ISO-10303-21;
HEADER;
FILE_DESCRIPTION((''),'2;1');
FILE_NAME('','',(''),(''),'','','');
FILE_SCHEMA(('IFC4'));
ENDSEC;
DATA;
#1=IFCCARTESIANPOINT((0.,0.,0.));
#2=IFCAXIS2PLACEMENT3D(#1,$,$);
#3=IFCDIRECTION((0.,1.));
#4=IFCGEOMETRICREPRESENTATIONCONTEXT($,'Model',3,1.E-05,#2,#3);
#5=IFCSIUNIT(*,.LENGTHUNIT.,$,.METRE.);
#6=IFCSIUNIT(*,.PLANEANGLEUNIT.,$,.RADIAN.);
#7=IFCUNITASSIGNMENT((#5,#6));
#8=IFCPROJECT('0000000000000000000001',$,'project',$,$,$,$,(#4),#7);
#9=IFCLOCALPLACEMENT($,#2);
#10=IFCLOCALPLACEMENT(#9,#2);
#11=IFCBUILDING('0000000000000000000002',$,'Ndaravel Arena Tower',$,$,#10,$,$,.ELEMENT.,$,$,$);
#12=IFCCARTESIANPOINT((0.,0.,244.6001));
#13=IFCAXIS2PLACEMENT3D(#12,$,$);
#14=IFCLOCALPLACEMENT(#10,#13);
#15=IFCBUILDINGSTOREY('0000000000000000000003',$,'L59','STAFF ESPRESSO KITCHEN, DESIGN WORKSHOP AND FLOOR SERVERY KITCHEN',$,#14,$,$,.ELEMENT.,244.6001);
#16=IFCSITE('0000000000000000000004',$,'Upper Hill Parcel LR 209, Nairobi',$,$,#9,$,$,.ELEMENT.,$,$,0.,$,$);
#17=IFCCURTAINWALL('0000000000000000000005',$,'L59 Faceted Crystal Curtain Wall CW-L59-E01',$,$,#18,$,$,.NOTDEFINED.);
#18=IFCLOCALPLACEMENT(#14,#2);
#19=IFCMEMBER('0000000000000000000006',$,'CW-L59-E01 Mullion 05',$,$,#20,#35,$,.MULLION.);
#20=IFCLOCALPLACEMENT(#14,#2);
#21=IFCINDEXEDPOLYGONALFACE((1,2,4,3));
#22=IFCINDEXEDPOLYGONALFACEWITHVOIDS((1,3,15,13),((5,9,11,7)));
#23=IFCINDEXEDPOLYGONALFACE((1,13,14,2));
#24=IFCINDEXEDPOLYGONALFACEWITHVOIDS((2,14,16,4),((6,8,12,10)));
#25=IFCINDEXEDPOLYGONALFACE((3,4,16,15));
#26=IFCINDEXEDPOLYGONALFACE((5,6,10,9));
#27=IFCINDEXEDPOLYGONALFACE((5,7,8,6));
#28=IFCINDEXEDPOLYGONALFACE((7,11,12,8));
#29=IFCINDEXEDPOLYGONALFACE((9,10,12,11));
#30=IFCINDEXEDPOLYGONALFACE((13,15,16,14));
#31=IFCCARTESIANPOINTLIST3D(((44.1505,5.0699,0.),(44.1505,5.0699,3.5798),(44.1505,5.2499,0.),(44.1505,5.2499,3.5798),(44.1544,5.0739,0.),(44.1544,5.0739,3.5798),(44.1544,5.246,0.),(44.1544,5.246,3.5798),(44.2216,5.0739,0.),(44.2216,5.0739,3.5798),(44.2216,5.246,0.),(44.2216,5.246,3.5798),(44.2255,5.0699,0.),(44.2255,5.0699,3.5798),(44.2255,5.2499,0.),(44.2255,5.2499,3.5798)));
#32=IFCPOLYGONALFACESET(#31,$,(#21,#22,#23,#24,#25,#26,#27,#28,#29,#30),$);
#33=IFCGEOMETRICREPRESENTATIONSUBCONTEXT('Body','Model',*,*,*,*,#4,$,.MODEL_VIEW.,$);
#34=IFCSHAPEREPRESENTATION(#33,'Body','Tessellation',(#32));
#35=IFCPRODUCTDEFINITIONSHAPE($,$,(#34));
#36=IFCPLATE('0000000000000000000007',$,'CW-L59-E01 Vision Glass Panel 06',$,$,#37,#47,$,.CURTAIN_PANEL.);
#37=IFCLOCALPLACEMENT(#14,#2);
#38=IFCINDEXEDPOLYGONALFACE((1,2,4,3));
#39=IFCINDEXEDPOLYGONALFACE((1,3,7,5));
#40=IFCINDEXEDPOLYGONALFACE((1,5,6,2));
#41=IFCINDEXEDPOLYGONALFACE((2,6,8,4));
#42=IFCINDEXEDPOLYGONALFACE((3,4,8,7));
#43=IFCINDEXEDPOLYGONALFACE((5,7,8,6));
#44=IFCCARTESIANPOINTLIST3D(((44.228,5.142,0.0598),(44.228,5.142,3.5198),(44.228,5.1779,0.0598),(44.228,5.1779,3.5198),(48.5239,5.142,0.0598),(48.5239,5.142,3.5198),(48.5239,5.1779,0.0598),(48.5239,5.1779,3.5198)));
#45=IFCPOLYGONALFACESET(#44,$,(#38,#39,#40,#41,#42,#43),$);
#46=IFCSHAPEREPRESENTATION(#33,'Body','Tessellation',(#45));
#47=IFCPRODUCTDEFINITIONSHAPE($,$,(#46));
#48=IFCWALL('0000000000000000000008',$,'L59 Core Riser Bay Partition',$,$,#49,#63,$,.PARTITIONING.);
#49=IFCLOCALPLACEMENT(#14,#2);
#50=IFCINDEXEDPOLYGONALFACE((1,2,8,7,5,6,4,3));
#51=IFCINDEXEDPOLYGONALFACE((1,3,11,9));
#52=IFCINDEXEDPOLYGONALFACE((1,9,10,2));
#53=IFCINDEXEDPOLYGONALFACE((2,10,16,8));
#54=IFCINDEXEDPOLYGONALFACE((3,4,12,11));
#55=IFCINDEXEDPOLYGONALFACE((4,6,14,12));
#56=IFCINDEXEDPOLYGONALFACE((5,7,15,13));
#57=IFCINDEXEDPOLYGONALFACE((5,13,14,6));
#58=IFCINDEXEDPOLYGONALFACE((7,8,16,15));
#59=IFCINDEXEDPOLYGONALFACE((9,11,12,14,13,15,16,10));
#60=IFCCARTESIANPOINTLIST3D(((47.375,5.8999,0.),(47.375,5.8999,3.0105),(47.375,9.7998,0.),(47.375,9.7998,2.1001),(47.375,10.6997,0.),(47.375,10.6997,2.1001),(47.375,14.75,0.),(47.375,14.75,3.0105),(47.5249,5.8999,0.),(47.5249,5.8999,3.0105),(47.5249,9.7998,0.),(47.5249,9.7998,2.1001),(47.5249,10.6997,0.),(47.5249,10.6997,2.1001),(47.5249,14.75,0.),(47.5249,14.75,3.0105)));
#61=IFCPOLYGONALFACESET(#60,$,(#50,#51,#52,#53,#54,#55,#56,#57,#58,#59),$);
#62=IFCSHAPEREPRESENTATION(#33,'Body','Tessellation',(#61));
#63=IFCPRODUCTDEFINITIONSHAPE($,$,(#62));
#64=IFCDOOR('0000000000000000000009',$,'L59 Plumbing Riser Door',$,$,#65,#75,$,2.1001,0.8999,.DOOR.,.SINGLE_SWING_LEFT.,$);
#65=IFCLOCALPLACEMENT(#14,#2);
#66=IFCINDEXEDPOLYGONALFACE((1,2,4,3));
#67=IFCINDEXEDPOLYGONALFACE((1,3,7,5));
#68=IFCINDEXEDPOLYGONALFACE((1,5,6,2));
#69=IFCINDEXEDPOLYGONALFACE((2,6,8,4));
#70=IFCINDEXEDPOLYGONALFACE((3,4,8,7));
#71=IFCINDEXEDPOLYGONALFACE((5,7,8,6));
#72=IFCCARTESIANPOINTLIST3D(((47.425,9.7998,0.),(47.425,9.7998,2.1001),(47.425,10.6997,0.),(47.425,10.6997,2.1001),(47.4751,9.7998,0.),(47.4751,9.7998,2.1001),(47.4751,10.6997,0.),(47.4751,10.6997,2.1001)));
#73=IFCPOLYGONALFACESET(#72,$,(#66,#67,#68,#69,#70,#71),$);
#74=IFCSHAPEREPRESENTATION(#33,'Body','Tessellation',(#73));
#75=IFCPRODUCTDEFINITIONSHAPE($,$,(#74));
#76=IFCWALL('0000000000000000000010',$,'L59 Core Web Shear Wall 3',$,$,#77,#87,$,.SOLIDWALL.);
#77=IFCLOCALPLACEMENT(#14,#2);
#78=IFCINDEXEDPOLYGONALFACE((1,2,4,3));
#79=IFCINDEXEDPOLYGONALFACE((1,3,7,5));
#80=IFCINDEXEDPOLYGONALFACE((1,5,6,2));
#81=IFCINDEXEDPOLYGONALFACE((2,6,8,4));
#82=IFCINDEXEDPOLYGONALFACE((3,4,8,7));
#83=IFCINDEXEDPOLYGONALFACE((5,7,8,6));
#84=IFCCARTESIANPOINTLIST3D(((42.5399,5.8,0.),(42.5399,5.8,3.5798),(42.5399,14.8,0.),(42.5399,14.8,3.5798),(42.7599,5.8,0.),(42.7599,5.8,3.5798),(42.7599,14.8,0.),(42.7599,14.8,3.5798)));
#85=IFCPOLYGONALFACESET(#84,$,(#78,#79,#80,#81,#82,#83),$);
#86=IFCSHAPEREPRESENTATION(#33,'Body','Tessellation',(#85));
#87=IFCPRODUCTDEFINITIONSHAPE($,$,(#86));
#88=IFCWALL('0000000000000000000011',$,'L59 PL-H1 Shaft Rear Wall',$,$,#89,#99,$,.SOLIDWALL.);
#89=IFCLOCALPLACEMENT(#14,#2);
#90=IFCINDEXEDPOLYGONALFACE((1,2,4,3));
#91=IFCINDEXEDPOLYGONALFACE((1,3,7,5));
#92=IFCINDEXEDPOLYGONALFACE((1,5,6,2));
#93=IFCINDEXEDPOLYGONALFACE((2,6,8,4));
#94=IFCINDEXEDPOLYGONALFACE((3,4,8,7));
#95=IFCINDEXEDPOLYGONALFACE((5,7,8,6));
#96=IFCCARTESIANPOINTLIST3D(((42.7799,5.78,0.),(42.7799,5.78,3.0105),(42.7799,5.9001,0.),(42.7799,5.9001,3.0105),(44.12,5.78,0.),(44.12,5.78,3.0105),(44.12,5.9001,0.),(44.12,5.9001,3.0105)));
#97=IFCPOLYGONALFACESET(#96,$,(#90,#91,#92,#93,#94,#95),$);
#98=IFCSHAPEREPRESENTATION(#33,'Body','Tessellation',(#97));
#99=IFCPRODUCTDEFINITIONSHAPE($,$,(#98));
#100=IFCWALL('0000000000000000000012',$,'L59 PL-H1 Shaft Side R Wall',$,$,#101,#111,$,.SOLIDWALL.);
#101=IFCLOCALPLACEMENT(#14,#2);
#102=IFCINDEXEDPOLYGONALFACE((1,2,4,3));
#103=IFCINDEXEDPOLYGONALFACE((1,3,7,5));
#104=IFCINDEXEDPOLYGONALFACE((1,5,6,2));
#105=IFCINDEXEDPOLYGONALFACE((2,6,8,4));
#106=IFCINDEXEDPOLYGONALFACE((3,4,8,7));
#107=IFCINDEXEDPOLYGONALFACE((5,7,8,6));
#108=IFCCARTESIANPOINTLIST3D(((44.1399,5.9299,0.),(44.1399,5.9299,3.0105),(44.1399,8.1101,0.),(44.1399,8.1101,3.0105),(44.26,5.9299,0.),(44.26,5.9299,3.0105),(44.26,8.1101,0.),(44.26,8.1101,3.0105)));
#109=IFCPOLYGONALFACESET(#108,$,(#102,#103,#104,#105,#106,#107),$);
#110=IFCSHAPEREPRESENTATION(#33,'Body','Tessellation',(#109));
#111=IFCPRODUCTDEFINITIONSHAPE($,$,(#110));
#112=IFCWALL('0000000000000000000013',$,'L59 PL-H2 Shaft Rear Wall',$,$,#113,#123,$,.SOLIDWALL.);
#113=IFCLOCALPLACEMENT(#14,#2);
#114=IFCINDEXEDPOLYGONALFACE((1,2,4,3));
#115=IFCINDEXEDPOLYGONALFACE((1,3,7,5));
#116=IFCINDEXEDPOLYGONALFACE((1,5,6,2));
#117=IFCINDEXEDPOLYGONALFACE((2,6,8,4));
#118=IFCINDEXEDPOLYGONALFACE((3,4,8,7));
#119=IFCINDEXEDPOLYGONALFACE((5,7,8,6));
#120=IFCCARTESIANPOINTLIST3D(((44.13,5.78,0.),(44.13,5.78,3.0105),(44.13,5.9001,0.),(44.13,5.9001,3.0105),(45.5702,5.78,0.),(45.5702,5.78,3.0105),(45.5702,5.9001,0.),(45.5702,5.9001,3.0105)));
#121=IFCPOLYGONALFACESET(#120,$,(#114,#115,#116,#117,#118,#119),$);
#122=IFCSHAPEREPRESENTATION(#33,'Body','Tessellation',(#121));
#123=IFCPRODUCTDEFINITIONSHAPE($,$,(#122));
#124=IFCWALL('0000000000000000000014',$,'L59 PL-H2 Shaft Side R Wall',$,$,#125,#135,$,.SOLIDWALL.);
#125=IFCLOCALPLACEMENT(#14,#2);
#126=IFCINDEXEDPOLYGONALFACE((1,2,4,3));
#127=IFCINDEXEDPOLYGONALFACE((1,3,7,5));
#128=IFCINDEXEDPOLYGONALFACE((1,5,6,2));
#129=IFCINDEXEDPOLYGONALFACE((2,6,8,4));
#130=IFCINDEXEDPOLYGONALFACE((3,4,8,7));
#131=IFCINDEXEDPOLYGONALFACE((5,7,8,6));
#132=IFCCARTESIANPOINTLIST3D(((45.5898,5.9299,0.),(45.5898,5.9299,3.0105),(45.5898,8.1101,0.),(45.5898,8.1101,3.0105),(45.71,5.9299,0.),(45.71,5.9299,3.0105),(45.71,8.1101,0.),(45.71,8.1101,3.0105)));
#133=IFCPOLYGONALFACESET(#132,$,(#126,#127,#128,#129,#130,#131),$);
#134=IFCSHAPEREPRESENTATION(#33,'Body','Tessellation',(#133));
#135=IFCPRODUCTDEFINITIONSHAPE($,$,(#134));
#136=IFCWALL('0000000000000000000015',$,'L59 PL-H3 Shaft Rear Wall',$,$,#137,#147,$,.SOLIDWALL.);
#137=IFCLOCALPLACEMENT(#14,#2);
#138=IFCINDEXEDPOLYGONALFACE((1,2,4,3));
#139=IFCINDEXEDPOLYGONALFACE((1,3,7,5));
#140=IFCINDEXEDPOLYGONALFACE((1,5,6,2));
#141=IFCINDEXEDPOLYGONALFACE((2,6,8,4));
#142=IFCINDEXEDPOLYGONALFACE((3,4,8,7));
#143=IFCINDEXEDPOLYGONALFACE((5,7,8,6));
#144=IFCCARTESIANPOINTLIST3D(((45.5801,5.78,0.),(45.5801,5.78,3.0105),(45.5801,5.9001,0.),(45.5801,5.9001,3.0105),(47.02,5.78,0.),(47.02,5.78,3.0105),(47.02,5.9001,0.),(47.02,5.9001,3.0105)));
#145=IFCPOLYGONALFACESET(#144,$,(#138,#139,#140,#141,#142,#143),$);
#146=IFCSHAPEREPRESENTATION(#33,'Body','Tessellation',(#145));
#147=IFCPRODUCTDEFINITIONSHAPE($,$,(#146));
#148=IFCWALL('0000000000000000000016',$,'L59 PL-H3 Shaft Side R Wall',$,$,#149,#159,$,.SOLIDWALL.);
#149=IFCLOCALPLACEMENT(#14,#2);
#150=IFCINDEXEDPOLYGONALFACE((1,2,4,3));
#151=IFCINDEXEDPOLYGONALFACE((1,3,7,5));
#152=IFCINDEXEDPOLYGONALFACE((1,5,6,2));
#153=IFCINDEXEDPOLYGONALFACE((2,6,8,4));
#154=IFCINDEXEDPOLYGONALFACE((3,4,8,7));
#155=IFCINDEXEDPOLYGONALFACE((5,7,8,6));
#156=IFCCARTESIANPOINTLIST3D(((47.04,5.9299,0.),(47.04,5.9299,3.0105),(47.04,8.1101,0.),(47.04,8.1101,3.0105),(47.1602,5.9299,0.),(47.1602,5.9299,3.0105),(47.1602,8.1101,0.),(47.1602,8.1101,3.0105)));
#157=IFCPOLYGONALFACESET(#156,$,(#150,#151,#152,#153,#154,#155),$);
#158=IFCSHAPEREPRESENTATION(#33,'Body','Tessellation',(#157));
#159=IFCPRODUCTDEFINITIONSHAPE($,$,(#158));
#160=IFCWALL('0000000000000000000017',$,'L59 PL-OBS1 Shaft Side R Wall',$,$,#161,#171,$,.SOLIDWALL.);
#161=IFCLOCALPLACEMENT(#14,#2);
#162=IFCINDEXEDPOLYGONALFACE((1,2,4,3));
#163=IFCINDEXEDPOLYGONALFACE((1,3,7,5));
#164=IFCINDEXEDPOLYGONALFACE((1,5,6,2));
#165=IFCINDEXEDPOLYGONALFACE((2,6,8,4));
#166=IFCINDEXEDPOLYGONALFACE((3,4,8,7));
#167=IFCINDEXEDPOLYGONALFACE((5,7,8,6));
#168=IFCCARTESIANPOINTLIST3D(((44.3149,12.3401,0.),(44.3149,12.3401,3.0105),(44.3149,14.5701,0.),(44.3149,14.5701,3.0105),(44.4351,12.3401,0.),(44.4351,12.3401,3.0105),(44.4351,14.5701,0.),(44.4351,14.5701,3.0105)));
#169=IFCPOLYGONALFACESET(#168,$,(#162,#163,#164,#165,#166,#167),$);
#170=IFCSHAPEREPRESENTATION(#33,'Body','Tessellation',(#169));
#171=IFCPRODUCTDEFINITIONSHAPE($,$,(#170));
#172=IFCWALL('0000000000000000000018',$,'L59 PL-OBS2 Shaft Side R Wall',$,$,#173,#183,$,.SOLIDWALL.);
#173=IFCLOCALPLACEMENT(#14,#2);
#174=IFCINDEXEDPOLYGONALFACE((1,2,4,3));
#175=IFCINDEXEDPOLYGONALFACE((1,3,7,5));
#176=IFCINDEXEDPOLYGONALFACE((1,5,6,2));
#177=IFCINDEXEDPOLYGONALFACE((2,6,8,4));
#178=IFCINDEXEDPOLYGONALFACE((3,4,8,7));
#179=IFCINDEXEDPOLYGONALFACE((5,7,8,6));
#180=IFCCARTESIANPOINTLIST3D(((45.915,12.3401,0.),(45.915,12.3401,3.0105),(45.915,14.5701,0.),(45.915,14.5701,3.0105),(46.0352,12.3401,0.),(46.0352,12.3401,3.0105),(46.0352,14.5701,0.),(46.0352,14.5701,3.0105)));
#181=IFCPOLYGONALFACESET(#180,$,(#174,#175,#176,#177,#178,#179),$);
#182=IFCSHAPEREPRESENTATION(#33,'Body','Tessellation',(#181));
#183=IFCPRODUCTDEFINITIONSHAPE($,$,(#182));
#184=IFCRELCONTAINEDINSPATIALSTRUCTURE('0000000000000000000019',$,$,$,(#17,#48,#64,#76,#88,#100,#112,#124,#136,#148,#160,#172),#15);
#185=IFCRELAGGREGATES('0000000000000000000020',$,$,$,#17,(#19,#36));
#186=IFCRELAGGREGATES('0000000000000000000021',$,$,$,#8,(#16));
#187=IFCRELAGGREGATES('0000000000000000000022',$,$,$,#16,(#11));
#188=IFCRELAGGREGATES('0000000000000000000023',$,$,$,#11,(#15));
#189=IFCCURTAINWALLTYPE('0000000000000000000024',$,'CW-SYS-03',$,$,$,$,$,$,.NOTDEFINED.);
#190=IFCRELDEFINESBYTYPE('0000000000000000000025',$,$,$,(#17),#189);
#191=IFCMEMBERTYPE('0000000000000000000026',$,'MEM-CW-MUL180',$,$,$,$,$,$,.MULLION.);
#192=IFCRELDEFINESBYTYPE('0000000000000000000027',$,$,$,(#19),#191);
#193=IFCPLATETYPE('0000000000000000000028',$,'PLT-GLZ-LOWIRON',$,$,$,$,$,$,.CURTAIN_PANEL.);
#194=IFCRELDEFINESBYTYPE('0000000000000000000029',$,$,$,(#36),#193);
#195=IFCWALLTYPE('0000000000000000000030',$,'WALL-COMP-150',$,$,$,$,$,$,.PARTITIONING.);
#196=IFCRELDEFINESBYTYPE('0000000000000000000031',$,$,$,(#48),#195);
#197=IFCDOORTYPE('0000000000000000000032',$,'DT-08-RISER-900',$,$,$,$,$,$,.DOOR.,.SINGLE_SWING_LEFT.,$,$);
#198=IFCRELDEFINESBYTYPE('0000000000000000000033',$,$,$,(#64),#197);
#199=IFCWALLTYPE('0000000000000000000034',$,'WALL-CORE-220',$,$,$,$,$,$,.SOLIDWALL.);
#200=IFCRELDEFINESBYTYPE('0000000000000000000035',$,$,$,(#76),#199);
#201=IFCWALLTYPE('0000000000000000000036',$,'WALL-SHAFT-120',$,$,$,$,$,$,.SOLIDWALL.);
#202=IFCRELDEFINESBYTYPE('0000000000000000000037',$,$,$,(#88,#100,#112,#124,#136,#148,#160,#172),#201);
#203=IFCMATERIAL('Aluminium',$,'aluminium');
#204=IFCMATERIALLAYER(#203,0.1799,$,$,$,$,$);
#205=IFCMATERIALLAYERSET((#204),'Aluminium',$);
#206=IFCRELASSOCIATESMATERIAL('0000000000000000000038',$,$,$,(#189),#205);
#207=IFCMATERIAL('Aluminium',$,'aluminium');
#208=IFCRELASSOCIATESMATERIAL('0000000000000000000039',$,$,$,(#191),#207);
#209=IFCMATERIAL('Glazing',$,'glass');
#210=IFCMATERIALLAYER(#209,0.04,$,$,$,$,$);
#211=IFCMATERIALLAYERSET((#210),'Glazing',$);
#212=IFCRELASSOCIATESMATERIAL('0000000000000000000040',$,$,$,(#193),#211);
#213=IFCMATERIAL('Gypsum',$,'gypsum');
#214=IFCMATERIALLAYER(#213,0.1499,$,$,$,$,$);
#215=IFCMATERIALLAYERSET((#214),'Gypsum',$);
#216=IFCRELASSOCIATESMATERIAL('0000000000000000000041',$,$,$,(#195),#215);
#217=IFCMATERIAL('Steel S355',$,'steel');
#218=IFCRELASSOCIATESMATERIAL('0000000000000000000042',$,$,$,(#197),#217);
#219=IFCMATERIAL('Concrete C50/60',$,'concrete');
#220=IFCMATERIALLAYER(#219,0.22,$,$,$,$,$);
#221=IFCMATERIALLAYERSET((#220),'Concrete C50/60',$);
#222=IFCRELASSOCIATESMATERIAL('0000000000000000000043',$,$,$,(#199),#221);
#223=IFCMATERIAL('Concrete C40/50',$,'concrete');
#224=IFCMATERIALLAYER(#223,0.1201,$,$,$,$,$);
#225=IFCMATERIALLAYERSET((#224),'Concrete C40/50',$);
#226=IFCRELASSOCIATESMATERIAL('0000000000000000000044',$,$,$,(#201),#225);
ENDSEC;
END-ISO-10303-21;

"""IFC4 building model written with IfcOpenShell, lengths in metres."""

from ifc_helpers import new_model, si_unit, direction, frame, frame_2d, origin, origin_2d, place, context, subcontext, project, spatial, rectangle, hollow_rectangle, extrude, material, layer, layer_set, material_profile, profile_set, type_object, element, fill, aggregate, save


model = new_model("IFC4")

# Units and contexts
model_context = context("Model", 3, precision=1e-05, world=origin(), true_north=direction((0.0, 1.0)))
body_context = subcontext(model_context, "Body", "Model", "MODEL_VIEW")
ifc_project = project(units=[si_unit("LENGTHUNIT", "METRE"), si_unit("PLANEANGLEUNIT", "RADIAN")], contexts=[model_context])

# Site, building, storey
site_placement = place(None, origin())
site = spatial("IfcSite", under=ifc_project, at=site_placement, Name="Upper Hill Parcel LR 209, Nairobi", CompositionType="ELEMENT", RefElevation=0.0)
building_placement = place(site_placement, origin())
building = spatial("IfcBuilding", under=site, at=building_placement, Name="Ndaravel Arena Tower", CompositionType="ELEMENT")
storey_placement = place(building_placement, frame((0.0, 0.0, 244.6001)))
storey = spatial("IfcBuildingStorey", under=building, at=storey_placement, Name="L59", Description="STAFF ESPRESSO KITCHEN, DESIGN WORKSHOP AND FLOOR SERVERY KITCHEN", CompositionType="ELEMENT", Elevation=244.6001)

# Curtain wall, member, plate
ifc_material_1 = material(Name="Aluminium", Category="aluminium")
ifc_layer_1 = layer(ifc_material_1, 0.1799)
ifc_layer_set_1 = layer_set([ifc_layer_1], Name="Aluminium")
curtain_wall_type = type_object("IfcCurtainWallType", Name="CW-SYS-03", PredefinedType="NOTDEFINED", material=ifc_layer_set_1)
curtain_wall_placement = place(storey_placement, origin())
curtain_wall = element("IfcCurtainWall", 1, at=curtain_wall_placement, inside=storey, type_object=curtain_wall_type, Name="L59 Faceted Crystal Curtain Wall CW-L59-E01", PredefinedType="NOTDEFINED")
ifc_material_2 = material(Name="Aluminium", Category="aluminium")
ifc_material_profile = material_profile(ifc_material_2, hollow_rectangle(XDim=0.075, YDim=0.1799, WallThickness=0.0039, at=origin_2d()), Name="CW MULLION 75x180x4")
ifc_profile_set = profile_set([ifc_material_profile], Name="Aluminium")
member_type = type_object("IfcMemberType", Name="MEM-CW-MUL180", PredefinedType="MULLION", material=ifc_profile_set)
member_placement = place(storey_placement, frame((44.188, 5.1599, 0.0), z_axis=(0.0, 0.0, 1.0), x_axis=(1.0, 0.0, 0.0)))
member = element("IfcMember", 2, at=member_placement, type_object=member_type, Name="CW-L59-E01 Mullion 05", PredefinedType="MULLION", context=body_context, shape_type="SweptSolid", body=[
    extrude(hollow_rectangle(XDim=0.075, YDim=0.1799, WallThickness=0.0039, at=origin_2d()), origin(), (0.0, 0.0, 1.0), 3.5798),
])
ifc_material_3 = material(Name="Glazing", Category="glass")
ifc_layer_2 = layer(ifc_material_3, 0.04)
ifc_layer_set_2 = layer_set([ifc_layer_2], Name="Glazing")
plate_type = type_object("IfcPlateType", Name="PLT-GLZ-LOWIRON", PredefinedType="CURTAIN_PANEL", material=ifc_layer_set_2)
plate_placement = place(storey_placement, frame((46.376, 5.1599, 0.0598), z_axis=(0.0, 0.0, 1.0), x_axis=(1.0, 0.0, 0.0)))
plate = element("IfcPlate", 3, at=plate_placement, type_object=plate_type, Name="CW-L59-E01 Vision Glass Panel 06", PredefinedType="CURTAIN_PANEL", context=body_context, shape_type="SweptSolid", body=[
    extrude(rectangle(XDim=4.2959, YDim=0.0359, at=origin_2d()), origin(), (0.0, 0.0, 1.0), 3.46),
])
aggregate(curtain_wall, [member, plate])

# Wall, opening, door
ifc_material_4 = material(Name="Gypsum", Category="gypsum")
ifc_layer_3 = layer(ifc_material_4, 0.1499)
ifc_layer_set_3 = layer_set([ifc_layer_3], Name="Gypsum")
wall_type_1 = type_object("IfcWallType", Name="WALL-COMP-150", PredefinedType="PARTITIONING", material=ifc_layer_set_3)
wall_1_placement = place(storey_placement, frame((47.45, 5.8999, 0.0), z_axis=(0.0, 0.0, 1.0), x_axis=(0.0, 1.0, 0.0)))
wall_1 = element("IfcWall", 4, at=wall_1_placement, inside=storey, type_object=wall_type_1, Name="L59 Core Riser Bay Partition", PredefinedType="PARTITIONING", context=body_context, shape_type="SweptSolid", body=[
    extrude(rectangle(XDim=8.8501, YDim=0.1499, at=frame_2d((4.425, 0.0))), origin(), (0.0, 0.0, 1.0), 3.0105),
])
opening_1_placement = place(wall_1_placement, frame((3.8999, 0.0, 0.0)))
opening_1 = element("IfcOpeningElement", 5, at=opening_1_placement, cuts=wall_1, PredefinedType="OPENING", context=body_context, shape_type="SweptSolid", body=[
    extrude(rectangle(XDim=0.8999, YDim=2.1001, at=frame_2d((0.45, 1.05))), frame((0.0, 0.075, 0.0), z_axis=(0.0, -1.0, 0.0), x_axis=(1.0, 0.0, 0.0)), (0.0, 0.0, 1.0), 0.1499),
])
ifc_material_5 = material(Name="Steel S355", Category="steel")
door_type_1 = type_object("IfcDoorType", Name="DT-08-RISER-900", OperationType="SINGLE_SWING_LEFT", PredefinedType="DOOR", material=ifc_material_5)
door_1_placement = place(opening_1_placement, origin())
door_1 = element("IfcDoor", 6, at=door_1_placement, inside=storey, type_object=door_type_1, Name="L59 Plumbing Riser Door", OperationType="SINGLE_SWING_LEFT", OverallHeight=2.1001, OverallWidth=0.8999, PredefinedType="DOOR", context=body_context, shape_type="SweptSolid", body=[
    extrude(rectangle(XDim=0.8999, YDim=2.1001, at=frame_2d((0.45, 1.05))), frame((0.0, 0.0249, 0.0), z_axis=(0.0, -1.0, 0.0), x_axis=(1.0, 0.0, 0.0)), (0.0, 0.0, 1.0), 0.05),
])
fill(opening_1, door_1)

# Walls
ifc_material_6 = material(Name="Concrete C50/60", Category="concrete")
ifc_layer_4 = layer(ifc_material_6, 0.22)
ifc_layer_set_4 = layer_set([ifc_layer_4], Name="Concrete C50/60")
wall_type_2 = type_object("IfcWallType", Name="WALL-CORE-220", PredefinedType="SOLIDWALL", material=ifc_layer_set_4)
wall_2_placement = place(storey_placement, frame((42.6499, 5.8, 0.0), z_axis=(0.0, 0.0, 1.0), x_axis=(0.0, 1.0, 0.0)))
element("IfcWall", 7, at=wall_2_placement, inside=storey, type_object=wall_type_2, Name="L59 Core Web Shear Wall 3", PredefinedType="SOLIDWALL", context=body_context, shape_type="SweptSolid", body=[
    extrude(rectangle(XDim=9.0, YDim=0.22, at=frame_2d((4.5, 0.0))), origin(), (0.0, 0.0, 1.0), 3.5798),
])
ifc_material_7 = material(Name="Concrete C40/50", Category="concrete")
ifc_layer_5 = layer(ifc_material_7, 0.1201)
ifc_layer_set_5 = layer_set([ifc_layer_5], Name="Concrete C40/50")
wall_type_3 = type_object("IfcWallType", Name="WALL-SHAFT-120", PredefinedType="SOLIDWALL", material=ifc_layer_set_5)
wall_3_placement = place(storey_placement, frame((42.78, 5.8401, 0.0), z_axis=(0.0, 0.0, 1.0), x_axis=(1.0, 0.0, 0.0)))
element("IfcWall", 8, at=wall_3_placement, inside=storey, type_object=wall_type_3, Name="L59 PL-H1 Shaft Rear Wall", PredefinedType="SOLIDWALL", context=body_context, shape_type="SweptSolid", body=[
    extrude(rectangle(XDim=1.3401, YDim=0.1201, at=frame_2d((0.6699, 0.0))), origin(), (0.0, 0.0, 1.0), 3.0105),
])
wall_4_placement = place(storey_placement, frame((44.2, 5.9299, 0.0), z_axis=(0.0, 0.0, 1.0), x_axis=(0.0, 1.0, 0.0)))
element("IfcWall", 9, at=wall_4_placement, inside=storey, type_object=wall_type_3, Name="L59 PL-H1 Shaft Side R Wall", PredefinedType="SOLIDWALL", context=body_context, shape_type="SweptSolid", body=[
    extrude(rectangle(XDim=2.1802, YDim=0.1201, at=frame_2d((1.0901, 0.0))), origin(), (0.0, 0.0, 1.0), 3.0105),
])
wall_5_placement = place(storey_placement, frame((44.1299, 5.8401, 0.0), z_axis=(0.0, 0.0, 1.0), x_axis=(1.0, 0.0, 0.0)))
element("IfcWall", 10, at=wall_5_placement, inside=storey, type_object=wall_type_3, Name="L59 PL-H2 Shaft Rear Wall", PredefinedType="SOLIDWALL", context=body_context, shape_type="SweptSolid", body=[
    extrude(rectangle(XDim=1.4402, YDim=0.1201, at=frame_2d((0.7202, 0.0))), origin(), (0.0, 0.0, 1.0), 3.0105),
])
wall_6_placement = place(storey_placement, frame((45.6499, 5.9299, 0.0), z_axis=(0.0, 0.0, 1.0), x_axis=(0.0, 1.0, 0.0)))
element("IfcWall", 11, at=wall_6_placement, inside=storey, type_object=wall_type_3, Name="L59 PL-H2 Shaft Side R Wall", PredefinedType="SOLIDWALL", context=body_context, shape_type="SweptSolid", body=[
    extrude(rectangle(XDim=2.1802, YDim=0.1201, at=frame_2d((1.0901, 0.0))), origin(), (0.0, 0.0, 1.0), 3.0105),
])
wall_7_placement = place(storey_placement, frame((45.5801, 5.8401, 0.0), z_axis=(0.0, 0.0, 1.0), x_axis=(1.0, 0.0, 0.0)))
element("IfcWall", 12, at=wall_7_placement, inside=storey, type_object=wall_type_3, Name="L59 PL-H3 Shaft Rear Wall", PredefinedType="SOLIDWALL", context=body_context, shape_type="SweptSolid", body=[
    extrude(rectangle(XDim=1.4399, YDim=0.1201, at=frame_2d((0.72, 0.0))), origin(), (0.0, 0.0, 1.0), 3.0105),
])
wall_8_placement = place(storey_placement, frame((47.1001, 5.9299, 0.0), z_axis=(0.0, 0.0, 1.0), x_axis=(0.0, 1.0, 0.0)))
element("IfcWall", 13, at=wall_8_placement, inside=storey, type_object=wall_type_3, Name="L59 PL-H3 Shaft Side R Wall", PredefinedType="SOLIDWALL", context=body_context, shape_type="SweptSolid", body=[
    extrude(rectangle(XDim=2.1802, YDim=0.1201, at=frame_2d((1.0901, 0.0))), origin(), (0.0, 0.0, 1.0), 3.0105),
])
for number, where, z_axis, x_axis, name in (
    (14, (44.375, 12.3401, 0.0), (0.0, 0.0, 1.0), (0.0, 1.0, 0.0), "L59 PL-OBS1 Shaft Side R Wall"),
    (15, (45.9751, 12.3401, 0.0), (0.0, 0.0, 1.0), (0.0, 1.0, 0.0), "L59 PL-OBS2 Shaft Side R Wall"),
):
    element("IfcWall", number, at=place(storey_placement, frame(where, z_axis=z_axis, x_axis=x_axis)), inside=storey, type_object=wall_type_3, Name=name, PredefinedType="SOLIDWALL", context=body_context, shape_type="SweptSolid", body=[
        extrude(rectangle(XDim=2.23, YDim=0.1201, at=frame_2d((1.115, 0.0))), origin(), (0.0, 0.0, 1.0), 3.0105),
    ])

save(model, "model.ifc")
